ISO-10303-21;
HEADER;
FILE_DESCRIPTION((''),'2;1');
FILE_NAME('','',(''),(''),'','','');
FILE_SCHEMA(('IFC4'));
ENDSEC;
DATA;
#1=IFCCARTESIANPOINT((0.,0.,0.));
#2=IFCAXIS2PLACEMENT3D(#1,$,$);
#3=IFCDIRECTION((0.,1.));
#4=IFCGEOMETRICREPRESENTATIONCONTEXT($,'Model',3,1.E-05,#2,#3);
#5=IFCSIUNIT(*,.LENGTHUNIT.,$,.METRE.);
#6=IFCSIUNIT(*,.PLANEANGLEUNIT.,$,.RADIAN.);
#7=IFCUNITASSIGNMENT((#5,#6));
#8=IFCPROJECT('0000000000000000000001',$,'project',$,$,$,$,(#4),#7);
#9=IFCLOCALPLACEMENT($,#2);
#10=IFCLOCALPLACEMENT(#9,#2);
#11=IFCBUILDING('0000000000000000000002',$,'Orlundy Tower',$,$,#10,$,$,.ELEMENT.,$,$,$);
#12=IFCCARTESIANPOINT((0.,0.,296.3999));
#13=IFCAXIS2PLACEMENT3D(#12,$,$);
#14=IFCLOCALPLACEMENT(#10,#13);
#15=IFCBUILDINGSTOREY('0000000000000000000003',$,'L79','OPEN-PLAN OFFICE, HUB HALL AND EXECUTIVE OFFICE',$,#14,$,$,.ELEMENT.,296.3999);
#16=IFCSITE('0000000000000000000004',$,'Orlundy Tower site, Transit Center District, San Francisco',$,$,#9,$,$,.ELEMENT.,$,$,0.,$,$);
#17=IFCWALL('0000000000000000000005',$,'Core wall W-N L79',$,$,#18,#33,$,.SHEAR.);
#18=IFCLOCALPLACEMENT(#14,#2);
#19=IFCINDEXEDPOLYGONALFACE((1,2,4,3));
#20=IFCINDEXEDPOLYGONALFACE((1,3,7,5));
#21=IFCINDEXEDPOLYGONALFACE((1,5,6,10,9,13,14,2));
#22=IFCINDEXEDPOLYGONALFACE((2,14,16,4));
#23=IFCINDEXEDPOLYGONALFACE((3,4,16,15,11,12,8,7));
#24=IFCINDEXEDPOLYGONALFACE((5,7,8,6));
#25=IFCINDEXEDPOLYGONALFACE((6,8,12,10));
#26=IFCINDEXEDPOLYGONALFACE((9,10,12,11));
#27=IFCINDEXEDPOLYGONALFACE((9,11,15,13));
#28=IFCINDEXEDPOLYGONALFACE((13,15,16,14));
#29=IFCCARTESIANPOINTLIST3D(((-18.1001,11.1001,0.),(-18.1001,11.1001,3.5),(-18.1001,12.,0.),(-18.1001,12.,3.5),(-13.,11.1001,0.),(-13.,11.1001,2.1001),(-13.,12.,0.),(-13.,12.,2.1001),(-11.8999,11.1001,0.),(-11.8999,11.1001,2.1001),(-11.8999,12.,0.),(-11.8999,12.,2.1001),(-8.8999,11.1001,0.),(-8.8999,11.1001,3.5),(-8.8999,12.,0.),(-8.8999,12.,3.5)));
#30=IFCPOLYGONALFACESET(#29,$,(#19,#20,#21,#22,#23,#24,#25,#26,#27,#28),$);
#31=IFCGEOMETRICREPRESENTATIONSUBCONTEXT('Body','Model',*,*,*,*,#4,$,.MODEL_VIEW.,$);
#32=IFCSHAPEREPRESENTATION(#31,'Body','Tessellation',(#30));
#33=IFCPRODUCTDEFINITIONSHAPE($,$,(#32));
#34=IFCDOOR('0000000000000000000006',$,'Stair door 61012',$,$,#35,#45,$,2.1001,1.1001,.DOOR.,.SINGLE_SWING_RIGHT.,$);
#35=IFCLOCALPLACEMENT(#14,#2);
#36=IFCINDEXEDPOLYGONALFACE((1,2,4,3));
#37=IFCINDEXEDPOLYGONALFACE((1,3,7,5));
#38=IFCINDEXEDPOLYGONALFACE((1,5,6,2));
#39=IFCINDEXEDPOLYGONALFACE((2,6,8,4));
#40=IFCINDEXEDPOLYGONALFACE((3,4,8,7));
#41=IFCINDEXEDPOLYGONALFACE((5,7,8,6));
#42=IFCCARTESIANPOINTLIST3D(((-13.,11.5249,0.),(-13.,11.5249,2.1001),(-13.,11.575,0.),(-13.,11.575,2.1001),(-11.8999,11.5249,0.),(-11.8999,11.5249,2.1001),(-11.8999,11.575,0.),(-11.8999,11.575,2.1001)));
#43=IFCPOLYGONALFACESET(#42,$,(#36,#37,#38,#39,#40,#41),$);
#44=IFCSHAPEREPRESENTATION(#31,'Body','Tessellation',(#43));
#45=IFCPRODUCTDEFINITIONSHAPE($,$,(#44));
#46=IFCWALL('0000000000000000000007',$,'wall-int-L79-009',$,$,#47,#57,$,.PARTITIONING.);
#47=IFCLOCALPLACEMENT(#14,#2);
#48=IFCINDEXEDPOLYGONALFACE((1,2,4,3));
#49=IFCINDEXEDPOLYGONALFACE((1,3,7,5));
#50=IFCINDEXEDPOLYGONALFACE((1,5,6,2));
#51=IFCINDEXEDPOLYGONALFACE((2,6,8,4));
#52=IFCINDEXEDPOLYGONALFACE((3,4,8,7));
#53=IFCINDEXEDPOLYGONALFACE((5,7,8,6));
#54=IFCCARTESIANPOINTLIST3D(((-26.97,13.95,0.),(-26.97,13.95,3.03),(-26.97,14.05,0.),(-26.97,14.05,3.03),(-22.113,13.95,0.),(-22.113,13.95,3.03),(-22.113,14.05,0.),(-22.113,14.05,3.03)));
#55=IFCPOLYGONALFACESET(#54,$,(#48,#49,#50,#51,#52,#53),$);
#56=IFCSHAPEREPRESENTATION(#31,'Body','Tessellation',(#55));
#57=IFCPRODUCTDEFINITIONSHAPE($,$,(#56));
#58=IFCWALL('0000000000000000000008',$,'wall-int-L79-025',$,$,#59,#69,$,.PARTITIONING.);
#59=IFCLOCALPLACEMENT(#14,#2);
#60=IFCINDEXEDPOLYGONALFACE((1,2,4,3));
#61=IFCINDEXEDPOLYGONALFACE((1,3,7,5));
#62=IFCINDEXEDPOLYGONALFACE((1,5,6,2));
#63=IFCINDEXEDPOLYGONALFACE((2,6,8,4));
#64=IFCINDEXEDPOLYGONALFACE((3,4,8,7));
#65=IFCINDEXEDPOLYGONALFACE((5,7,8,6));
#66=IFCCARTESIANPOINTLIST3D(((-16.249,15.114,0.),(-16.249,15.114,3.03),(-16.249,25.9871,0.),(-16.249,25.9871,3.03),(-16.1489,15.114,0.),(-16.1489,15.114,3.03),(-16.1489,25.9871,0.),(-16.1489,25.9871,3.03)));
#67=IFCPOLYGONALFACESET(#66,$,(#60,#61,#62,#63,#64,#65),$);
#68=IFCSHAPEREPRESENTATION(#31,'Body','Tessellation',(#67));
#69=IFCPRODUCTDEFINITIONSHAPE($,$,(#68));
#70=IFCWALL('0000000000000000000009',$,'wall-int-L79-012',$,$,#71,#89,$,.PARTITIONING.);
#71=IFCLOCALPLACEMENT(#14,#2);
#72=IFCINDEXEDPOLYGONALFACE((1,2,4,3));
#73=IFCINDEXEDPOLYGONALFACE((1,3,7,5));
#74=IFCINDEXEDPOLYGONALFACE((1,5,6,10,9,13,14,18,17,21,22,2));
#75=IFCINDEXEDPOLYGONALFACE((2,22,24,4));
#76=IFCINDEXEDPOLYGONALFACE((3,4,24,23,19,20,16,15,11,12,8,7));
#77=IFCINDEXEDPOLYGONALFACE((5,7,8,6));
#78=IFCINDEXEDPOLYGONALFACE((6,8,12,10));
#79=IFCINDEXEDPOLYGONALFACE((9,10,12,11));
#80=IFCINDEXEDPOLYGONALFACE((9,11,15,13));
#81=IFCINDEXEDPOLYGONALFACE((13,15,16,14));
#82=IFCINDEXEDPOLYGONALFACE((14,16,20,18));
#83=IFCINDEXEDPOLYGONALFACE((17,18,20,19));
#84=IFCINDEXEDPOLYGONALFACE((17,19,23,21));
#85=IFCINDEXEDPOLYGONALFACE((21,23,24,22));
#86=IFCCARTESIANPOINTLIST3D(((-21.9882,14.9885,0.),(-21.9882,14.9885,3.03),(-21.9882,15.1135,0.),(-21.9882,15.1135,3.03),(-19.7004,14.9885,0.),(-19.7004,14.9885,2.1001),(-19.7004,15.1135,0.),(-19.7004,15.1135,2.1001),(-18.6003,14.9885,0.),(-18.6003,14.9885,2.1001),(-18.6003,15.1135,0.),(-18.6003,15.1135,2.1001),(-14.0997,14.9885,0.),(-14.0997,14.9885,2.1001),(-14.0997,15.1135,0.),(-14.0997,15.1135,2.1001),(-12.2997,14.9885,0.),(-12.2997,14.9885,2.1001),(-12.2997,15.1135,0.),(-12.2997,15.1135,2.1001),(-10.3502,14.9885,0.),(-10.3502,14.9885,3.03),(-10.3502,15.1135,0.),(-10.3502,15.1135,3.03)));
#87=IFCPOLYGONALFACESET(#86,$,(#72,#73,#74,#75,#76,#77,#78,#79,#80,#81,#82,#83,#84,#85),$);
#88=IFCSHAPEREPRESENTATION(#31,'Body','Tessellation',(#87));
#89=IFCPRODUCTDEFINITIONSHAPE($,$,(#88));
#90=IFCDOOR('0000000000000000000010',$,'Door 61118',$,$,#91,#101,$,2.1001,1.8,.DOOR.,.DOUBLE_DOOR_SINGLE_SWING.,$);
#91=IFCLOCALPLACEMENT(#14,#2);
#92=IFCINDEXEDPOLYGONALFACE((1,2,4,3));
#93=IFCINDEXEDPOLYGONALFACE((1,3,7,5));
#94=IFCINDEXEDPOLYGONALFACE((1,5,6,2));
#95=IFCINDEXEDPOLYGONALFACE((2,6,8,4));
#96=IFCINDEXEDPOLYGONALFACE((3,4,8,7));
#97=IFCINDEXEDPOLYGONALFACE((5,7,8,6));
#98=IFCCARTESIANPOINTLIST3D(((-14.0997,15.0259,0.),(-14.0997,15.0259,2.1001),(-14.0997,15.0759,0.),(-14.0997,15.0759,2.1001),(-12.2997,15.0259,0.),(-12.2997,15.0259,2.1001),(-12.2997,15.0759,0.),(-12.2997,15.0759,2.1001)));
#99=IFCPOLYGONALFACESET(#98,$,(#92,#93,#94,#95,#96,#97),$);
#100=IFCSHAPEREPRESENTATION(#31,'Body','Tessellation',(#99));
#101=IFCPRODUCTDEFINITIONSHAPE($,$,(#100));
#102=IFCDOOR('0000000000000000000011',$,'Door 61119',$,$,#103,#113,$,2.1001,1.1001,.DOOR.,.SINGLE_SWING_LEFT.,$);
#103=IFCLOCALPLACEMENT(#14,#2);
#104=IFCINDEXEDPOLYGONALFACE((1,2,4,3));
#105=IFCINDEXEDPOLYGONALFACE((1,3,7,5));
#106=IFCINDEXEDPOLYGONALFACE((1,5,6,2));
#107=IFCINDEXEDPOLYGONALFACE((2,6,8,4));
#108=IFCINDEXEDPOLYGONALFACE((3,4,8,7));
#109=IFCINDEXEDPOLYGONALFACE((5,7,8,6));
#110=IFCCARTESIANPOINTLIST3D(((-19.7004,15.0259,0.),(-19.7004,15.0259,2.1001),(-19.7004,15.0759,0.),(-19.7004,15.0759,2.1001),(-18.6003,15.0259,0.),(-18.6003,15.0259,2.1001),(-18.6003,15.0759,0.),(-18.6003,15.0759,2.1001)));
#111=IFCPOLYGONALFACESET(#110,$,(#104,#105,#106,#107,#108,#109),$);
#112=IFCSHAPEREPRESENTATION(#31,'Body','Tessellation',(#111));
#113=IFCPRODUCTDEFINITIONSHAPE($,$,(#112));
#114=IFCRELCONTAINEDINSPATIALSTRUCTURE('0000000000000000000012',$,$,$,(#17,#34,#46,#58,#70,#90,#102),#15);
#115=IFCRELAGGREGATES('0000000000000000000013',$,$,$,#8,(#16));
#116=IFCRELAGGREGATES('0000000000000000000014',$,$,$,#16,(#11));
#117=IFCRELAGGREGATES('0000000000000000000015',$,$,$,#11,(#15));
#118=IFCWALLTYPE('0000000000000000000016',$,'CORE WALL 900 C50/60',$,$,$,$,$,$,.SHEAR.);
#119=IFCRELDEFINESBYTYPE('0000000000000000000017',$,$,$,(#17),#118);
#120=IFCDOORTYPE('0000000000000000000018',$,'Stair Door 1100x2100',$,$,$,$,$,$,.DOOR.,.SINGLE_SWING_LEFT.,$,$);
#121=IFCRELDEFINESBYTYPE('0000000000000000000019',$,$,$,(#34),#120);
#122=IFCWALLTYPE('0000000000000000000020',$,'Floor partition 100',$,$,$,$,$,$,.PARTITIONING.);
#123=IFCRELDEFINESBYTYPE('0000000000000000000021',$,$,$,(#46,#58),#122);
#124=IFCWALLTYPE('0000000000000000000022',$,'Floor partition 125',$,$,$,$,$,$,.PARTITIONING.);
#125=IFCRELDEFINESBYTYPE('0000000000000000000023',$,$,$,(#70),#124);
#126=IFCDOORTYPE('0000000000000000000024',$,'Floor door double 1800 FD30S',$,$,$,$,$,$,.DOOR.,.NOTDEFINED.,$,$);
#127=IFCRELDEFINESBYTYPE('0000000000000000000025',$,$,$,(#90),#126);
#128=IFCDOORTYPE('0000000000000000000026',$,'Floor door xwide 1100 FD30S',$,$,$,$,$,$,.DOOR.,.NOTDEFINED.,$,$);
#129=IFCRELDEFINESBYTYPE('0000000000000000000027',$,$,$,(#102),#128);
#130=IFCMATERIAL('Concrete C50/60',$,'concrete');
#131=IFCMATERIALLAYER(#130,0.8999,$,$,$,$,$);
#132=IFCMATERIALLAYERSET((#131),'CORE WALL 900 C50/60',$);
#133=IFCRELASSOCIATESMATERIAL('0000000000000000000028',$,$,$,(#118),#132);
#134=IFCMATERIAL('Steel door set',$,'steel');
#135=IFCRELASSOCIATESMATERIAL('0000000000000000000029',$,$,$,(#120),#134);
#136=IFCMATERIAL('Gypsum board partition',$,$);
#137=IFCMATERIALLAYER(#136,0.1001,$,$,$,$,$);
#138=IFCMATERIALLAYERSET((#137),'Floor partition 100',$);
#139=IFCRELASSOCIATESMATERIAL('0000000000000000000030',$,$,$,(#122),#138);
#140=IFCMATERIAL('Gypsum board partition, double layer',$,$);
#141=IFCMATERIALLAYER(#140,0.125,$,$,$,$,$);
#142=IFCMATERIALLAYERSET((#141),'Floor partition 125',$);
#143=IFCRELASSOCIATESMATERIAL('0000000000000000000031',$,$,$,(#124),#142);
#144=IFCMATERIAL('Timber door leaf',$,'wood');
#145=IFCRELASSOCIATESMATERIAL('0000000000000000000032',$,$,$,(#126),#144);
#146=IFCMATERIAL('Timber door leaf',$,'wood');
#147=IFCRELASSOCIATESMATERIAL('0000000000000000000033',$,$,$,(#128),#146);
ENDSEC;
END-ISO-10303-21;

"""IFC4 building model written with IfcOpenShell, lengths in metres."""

from ifc_helpers import new_model, si_unit, direction, frame, frame_2d, origin, place, context, subcontext, project, spatial, rectangle, extrude, material, layer, layer_set, type_object, element, fill, save


model = new_model("IFC4")

# Units and contexts
model_context = context("Model", 3, precision=1e-05, world=origin(), true_north=direction((0.0, 1.0)))
body_context = subcontext(model_context, "Body", "Model", "MODEL_VIEW")
ifc_project = project(units=[si_unit("LENGTHUNIT", "METRE"), si_unit("PLANEANGLEUNIT", "RADIAN")], contexts=[model_context])

# Site, building, storey
site_placement = place(None, origin())
site = spatial("IfcSite", under=ifc_project, at=site_placement, Name="Orlundy Tower site, Transit Center District, San Francisco", CompositionType="ELEMENT", RefElevation=0.0)
building_placement = place(site_placement, origin())
building = spatial("IfcBuilding", under=site, at=building_placement, Name="Orlundy Tower", CompositionType="ELEMENT")
storey_placement = place(building_placement, frame((0.0, 0.0, 296.3999)))
storey = spatial("IfcBuildingStorey", under=building, at=storey_placement, Name="L79", Description="OPEN-PLAN OFFICE, HUB HALL AND EXECUTIVE OFFICE", CompositionType="ELEMENT", Elevation=296.3999)

# Wall, opening, door
ifc_material_1 = material(Name="Concrete C50/60", Category="concrete")
ifc_layer_1 = layer(ifc_material_1, 0.8999)
ifc_layer_set_1 = layer_set([ifc_layer_1], Name="CORE WALL 900 C50/60")
wall_type_1 = type_object("IfcWallType", Name="CORE WALL 900 C50/60", PredefinedType="SHEAR", material=ifc_layer_set_1)
wall_1_placement = place(storey_placement, frame((-18.1001, 11.55, 0.0), z_axis=(0.0, 0.0, 1.0), x_axis=(1.0, 0.0, 0.0)))
wall_1 = element("IfcWall", 1, at=wall_1_placement, inside=storey, type_object=wall_type_1, Name="Core wall W-N L79", PredefinedType="SHEAR", context=body_context, shape_type="SweptSolid", body=[
    extrude(rectangle(XDim=9.2002, YDim=0.8999, at=frame_2d((4.6001, 0.0))), origin(), (0.0, 0.0, 1.0), 3.5),
])
opening_1_placement = place(wall_1_placement, frame((5.1001, 0.0, 0.0)))
opening_1 = element("IfcOpeningElement", 2, at=opening_1_placement, cuts=wall_1, PredefinedType="OPENING", context=body_context, shape_type="SweptSolid", body=[
    extrude(rectangle(XDim=1.1001, YDim=2.1001, at=frame_2d((0.55, 1.05))), frame((0.0, 0.46, 0.0), z_axis=(0.0, -1.0, 0.0), x_axis=(1.0, 0.0, 0.0)), (0.0, 0.0, 1.0), 0.9199),
])
ifc_material_2 = material(Name="Steel door set", Category="steel")
door_type_1 = type_object("IfcDoorType", Name="Stair Door 1100x2100", OperationType="SINGLE_SWING_LEFT", PredefinedType="DOOR", material=ifc_material_2)
door_1_placement = place(opening_1_placement, origin())
door_1 = element("IfcDoor", 3, at=door_1_placement, inside=storey, type_object=door_type_1, Name="Stair door 61012", OperationType="SINGLE_SWING_RIGHT", OverallHeight=2.1001, OverallWidth=1.1001, PredefinedType="DOOR", context=body_context, shape_type="SweptSolid", body=[
    extrude(rectangle(XDim=1.1001, YDim=2.1001, at=frame_2d((0.55, 1.05))), frame((0.0, 0.0249, 0.0), z_axis=(0.0, -1.0, 0.0), x_axis=(1.0, 0.0, 0.0)), (0.0, 0.0, 1.0), 0.05),
])
fill(opening_1, door_1)

# Walls
ifc_material_3 = material(Name="Gypsum board partition")
ifc_layer_2 = layer(ifc_material_3, 0.1001)
ifc_layer_set_2 = layer_set([ifc_layer_2], Name="Floor partition 100")
wall_type_2 = type_object("IfcWallType", Name="Floor partition 100", PredefinedType="PARTITIONING", material=ifc_layer_set_2)
wall_2_placement = place(storey_placement, frame((-26.97, 14.0, 0.0), z_axis=(0.0, 0.0, 1.0), x_axis=(1.0, 0.0, 0.0)))
element("IfcWall", 4, at=wall_2_placement, inside=storey, type_object=wall_type_2, Name="wall-int-L79-009", PredefinedType="PARTITIONING", context=body_context, shape_type="SweptSolid", body=[
    extrude(rectangle(XDim=4.8569, YDim=0.1001, at=frame_2d((2.4285, 0.0))), origin(), (0.0, 0.0, 1.0), 3.03),
])
wall_3_placement = place(storey_placement, frame((-16.199, 15.114, 0.0), z_axis=(0.0, 0.0, 1.0), x_axis=(0.0, 1.0, 0.0)))
element("IfcWall", 5, at=wall_3_placement, inside=storey, type_object=wall_type_2, Name="wall-int-L79-025", PredefinedType="PARTITIONING", context=body_context, shape_type="SweptSolid", body=[
    extrude(rectangle(XDim=10.873, YDim=0.1001, at=frame_2d((5.4365, 0.0))), origin(), (0.0, 0.0, 1.0), 3.03),
])

# Wall, openings, doors
ifc_material_4 = material(Name="Gypsum board partition, double layer")
ifc_layer_3 = layer(ifc_material_4, 0.125)
ifc_layer_set_3 = layer_set([ifc_layer_3], Name="Floor partition 125")
wall_type_3 = type_object("IfcWallType", Name="Floor partition 125", PredefinedType="PARTITIONING", material=ifc_layer_set_3)
wall_4_placement = place(storey_placement, frame((-21.988, 15.051, 0.0), z_axis=(0.0, 0.0, 1.0), x_axis=(1.0, 0.0, 0.0)))
wall_4 = element("IfcWall", 6, at=wall_4_placement, inside=storey, type_object=wall_type_3, Name="wall-int-L79-012", PredefinedType="PARTITIONING", context=body_context, shape_type="SweptSolid", body=[
    extrude(rectangle(XDim=11.6379, YDim=0.125, at=frame_2d((5.8188, 0.0))), origin(), (0.0, 0.0, 1.0), 3.03),
])
opening_2_placement = place(wall_4_placement, frame((7.8884, 0.0, 0.0)))
opening_2 = element("IfcOpeningElement", 7, at=opening_2_placement, cuts=wall_4, PredefinedType="OPENING", context=body_context, shape_type="SweptSolid", body=[
    extrude(rectangle(XDim=1.8, YDim=2.1001, at=frame_2d((0.8999, 1.05))), frame((0.0, 0.0725, 0.0), z_axis=(0.0, -1.0, 0.0), x_axis=(1.0, 0.0, 0.0)), (0.0, 0.0, 1.0), 0.145),
])
opening_3_placement = place(wall_4_placement, frame((2.2876, 0.0, 0.0)))
opening_3 = element("IfcOpeningElement", 8, at=opening_3_placement, cuts=wall_4, PredefinedType="OPENING", context=body_context, shape_type="SweptSolid", body=[
    extrude(rectangle(XDim=1.1001, YDim=2.1001, at=frame_2d((0.55, 1.05))), frame((0.0, 0.0725, 0.0), z_axis=(0.0, -1.0, 0.0), x_axis=(1.0, 0.0, 0.0)), (0.0, 0.0, 1.0), 0.145),
])
ifc_material_5 = material(Name="Timber door leaf", Category="wood")
door_type_2 = type_object("IfcDoorType", Name="Floor door double 1800 FD30S", OperationType="NOTDEFINED", PredefinedType="DOOR", material=ifc_material_5)
door_2_placement = place(opening_2_placement, origin())
door_2 = element("IfcDoor", 9, at=door_2_placement, inside=storey, type_object=door_type_2, Name="Door 61118", OperationType="DOUBLE_DOOR_SINGLE_SWING", OverallHeight=2.1001, OverallWidth=1.8, PredefinedType="DOOR", context=body_context, shape_type="SweptSolid", body=[
    extrude(rectangle(XDim=1.8, YDim=2.1001, at=frame_2d((0.8999, 1.05))), frame((0.0, 0.0249, 0.0), z_axis=(0.0, -1.0, 0.0), x_axis=(1.0, 0.0, 0.0)), (0.0, 0.0, 1.0), 0.05),
])
fill(opening_2, door_2)
ifc_material_6 = material(Name="Timber door leaf", Category="wood")
door_type_3 = type_object("IfcDoorType", Name="Floor door xwide 1100 FD30S", OperationType="NOTDEFINED", PredefinedType="DOOR", material=ifc_material_6)
door_3_placement = place(opening_3_placement, origin())
door_3 = element("IfcDoor", 10, at=door_3_placement, inside=storey, type_object=door_type_3, Name="Door 61119", OperationType="SINGLE_SWING_LEFT", OverallHeight=2.1001, OverallWidth=1.1001, PredefinedType="DOOR", context=body_context, shape_type="SweptSolid", body=[
    extrude(rectangle(XDim=1.1001, YDim=2.1001, at=frame_2d((0.55, 1.05))), frame((0.0, 0.0249, 0.0), z_axis=(0.0, -1.0, 0.0), x_axis=(1.0, 0.0, 0.0)), (0.0, 0.0, 1.0), 0.05),
])
fill(opening_3, door_3)

save(model, "model.ifc")
